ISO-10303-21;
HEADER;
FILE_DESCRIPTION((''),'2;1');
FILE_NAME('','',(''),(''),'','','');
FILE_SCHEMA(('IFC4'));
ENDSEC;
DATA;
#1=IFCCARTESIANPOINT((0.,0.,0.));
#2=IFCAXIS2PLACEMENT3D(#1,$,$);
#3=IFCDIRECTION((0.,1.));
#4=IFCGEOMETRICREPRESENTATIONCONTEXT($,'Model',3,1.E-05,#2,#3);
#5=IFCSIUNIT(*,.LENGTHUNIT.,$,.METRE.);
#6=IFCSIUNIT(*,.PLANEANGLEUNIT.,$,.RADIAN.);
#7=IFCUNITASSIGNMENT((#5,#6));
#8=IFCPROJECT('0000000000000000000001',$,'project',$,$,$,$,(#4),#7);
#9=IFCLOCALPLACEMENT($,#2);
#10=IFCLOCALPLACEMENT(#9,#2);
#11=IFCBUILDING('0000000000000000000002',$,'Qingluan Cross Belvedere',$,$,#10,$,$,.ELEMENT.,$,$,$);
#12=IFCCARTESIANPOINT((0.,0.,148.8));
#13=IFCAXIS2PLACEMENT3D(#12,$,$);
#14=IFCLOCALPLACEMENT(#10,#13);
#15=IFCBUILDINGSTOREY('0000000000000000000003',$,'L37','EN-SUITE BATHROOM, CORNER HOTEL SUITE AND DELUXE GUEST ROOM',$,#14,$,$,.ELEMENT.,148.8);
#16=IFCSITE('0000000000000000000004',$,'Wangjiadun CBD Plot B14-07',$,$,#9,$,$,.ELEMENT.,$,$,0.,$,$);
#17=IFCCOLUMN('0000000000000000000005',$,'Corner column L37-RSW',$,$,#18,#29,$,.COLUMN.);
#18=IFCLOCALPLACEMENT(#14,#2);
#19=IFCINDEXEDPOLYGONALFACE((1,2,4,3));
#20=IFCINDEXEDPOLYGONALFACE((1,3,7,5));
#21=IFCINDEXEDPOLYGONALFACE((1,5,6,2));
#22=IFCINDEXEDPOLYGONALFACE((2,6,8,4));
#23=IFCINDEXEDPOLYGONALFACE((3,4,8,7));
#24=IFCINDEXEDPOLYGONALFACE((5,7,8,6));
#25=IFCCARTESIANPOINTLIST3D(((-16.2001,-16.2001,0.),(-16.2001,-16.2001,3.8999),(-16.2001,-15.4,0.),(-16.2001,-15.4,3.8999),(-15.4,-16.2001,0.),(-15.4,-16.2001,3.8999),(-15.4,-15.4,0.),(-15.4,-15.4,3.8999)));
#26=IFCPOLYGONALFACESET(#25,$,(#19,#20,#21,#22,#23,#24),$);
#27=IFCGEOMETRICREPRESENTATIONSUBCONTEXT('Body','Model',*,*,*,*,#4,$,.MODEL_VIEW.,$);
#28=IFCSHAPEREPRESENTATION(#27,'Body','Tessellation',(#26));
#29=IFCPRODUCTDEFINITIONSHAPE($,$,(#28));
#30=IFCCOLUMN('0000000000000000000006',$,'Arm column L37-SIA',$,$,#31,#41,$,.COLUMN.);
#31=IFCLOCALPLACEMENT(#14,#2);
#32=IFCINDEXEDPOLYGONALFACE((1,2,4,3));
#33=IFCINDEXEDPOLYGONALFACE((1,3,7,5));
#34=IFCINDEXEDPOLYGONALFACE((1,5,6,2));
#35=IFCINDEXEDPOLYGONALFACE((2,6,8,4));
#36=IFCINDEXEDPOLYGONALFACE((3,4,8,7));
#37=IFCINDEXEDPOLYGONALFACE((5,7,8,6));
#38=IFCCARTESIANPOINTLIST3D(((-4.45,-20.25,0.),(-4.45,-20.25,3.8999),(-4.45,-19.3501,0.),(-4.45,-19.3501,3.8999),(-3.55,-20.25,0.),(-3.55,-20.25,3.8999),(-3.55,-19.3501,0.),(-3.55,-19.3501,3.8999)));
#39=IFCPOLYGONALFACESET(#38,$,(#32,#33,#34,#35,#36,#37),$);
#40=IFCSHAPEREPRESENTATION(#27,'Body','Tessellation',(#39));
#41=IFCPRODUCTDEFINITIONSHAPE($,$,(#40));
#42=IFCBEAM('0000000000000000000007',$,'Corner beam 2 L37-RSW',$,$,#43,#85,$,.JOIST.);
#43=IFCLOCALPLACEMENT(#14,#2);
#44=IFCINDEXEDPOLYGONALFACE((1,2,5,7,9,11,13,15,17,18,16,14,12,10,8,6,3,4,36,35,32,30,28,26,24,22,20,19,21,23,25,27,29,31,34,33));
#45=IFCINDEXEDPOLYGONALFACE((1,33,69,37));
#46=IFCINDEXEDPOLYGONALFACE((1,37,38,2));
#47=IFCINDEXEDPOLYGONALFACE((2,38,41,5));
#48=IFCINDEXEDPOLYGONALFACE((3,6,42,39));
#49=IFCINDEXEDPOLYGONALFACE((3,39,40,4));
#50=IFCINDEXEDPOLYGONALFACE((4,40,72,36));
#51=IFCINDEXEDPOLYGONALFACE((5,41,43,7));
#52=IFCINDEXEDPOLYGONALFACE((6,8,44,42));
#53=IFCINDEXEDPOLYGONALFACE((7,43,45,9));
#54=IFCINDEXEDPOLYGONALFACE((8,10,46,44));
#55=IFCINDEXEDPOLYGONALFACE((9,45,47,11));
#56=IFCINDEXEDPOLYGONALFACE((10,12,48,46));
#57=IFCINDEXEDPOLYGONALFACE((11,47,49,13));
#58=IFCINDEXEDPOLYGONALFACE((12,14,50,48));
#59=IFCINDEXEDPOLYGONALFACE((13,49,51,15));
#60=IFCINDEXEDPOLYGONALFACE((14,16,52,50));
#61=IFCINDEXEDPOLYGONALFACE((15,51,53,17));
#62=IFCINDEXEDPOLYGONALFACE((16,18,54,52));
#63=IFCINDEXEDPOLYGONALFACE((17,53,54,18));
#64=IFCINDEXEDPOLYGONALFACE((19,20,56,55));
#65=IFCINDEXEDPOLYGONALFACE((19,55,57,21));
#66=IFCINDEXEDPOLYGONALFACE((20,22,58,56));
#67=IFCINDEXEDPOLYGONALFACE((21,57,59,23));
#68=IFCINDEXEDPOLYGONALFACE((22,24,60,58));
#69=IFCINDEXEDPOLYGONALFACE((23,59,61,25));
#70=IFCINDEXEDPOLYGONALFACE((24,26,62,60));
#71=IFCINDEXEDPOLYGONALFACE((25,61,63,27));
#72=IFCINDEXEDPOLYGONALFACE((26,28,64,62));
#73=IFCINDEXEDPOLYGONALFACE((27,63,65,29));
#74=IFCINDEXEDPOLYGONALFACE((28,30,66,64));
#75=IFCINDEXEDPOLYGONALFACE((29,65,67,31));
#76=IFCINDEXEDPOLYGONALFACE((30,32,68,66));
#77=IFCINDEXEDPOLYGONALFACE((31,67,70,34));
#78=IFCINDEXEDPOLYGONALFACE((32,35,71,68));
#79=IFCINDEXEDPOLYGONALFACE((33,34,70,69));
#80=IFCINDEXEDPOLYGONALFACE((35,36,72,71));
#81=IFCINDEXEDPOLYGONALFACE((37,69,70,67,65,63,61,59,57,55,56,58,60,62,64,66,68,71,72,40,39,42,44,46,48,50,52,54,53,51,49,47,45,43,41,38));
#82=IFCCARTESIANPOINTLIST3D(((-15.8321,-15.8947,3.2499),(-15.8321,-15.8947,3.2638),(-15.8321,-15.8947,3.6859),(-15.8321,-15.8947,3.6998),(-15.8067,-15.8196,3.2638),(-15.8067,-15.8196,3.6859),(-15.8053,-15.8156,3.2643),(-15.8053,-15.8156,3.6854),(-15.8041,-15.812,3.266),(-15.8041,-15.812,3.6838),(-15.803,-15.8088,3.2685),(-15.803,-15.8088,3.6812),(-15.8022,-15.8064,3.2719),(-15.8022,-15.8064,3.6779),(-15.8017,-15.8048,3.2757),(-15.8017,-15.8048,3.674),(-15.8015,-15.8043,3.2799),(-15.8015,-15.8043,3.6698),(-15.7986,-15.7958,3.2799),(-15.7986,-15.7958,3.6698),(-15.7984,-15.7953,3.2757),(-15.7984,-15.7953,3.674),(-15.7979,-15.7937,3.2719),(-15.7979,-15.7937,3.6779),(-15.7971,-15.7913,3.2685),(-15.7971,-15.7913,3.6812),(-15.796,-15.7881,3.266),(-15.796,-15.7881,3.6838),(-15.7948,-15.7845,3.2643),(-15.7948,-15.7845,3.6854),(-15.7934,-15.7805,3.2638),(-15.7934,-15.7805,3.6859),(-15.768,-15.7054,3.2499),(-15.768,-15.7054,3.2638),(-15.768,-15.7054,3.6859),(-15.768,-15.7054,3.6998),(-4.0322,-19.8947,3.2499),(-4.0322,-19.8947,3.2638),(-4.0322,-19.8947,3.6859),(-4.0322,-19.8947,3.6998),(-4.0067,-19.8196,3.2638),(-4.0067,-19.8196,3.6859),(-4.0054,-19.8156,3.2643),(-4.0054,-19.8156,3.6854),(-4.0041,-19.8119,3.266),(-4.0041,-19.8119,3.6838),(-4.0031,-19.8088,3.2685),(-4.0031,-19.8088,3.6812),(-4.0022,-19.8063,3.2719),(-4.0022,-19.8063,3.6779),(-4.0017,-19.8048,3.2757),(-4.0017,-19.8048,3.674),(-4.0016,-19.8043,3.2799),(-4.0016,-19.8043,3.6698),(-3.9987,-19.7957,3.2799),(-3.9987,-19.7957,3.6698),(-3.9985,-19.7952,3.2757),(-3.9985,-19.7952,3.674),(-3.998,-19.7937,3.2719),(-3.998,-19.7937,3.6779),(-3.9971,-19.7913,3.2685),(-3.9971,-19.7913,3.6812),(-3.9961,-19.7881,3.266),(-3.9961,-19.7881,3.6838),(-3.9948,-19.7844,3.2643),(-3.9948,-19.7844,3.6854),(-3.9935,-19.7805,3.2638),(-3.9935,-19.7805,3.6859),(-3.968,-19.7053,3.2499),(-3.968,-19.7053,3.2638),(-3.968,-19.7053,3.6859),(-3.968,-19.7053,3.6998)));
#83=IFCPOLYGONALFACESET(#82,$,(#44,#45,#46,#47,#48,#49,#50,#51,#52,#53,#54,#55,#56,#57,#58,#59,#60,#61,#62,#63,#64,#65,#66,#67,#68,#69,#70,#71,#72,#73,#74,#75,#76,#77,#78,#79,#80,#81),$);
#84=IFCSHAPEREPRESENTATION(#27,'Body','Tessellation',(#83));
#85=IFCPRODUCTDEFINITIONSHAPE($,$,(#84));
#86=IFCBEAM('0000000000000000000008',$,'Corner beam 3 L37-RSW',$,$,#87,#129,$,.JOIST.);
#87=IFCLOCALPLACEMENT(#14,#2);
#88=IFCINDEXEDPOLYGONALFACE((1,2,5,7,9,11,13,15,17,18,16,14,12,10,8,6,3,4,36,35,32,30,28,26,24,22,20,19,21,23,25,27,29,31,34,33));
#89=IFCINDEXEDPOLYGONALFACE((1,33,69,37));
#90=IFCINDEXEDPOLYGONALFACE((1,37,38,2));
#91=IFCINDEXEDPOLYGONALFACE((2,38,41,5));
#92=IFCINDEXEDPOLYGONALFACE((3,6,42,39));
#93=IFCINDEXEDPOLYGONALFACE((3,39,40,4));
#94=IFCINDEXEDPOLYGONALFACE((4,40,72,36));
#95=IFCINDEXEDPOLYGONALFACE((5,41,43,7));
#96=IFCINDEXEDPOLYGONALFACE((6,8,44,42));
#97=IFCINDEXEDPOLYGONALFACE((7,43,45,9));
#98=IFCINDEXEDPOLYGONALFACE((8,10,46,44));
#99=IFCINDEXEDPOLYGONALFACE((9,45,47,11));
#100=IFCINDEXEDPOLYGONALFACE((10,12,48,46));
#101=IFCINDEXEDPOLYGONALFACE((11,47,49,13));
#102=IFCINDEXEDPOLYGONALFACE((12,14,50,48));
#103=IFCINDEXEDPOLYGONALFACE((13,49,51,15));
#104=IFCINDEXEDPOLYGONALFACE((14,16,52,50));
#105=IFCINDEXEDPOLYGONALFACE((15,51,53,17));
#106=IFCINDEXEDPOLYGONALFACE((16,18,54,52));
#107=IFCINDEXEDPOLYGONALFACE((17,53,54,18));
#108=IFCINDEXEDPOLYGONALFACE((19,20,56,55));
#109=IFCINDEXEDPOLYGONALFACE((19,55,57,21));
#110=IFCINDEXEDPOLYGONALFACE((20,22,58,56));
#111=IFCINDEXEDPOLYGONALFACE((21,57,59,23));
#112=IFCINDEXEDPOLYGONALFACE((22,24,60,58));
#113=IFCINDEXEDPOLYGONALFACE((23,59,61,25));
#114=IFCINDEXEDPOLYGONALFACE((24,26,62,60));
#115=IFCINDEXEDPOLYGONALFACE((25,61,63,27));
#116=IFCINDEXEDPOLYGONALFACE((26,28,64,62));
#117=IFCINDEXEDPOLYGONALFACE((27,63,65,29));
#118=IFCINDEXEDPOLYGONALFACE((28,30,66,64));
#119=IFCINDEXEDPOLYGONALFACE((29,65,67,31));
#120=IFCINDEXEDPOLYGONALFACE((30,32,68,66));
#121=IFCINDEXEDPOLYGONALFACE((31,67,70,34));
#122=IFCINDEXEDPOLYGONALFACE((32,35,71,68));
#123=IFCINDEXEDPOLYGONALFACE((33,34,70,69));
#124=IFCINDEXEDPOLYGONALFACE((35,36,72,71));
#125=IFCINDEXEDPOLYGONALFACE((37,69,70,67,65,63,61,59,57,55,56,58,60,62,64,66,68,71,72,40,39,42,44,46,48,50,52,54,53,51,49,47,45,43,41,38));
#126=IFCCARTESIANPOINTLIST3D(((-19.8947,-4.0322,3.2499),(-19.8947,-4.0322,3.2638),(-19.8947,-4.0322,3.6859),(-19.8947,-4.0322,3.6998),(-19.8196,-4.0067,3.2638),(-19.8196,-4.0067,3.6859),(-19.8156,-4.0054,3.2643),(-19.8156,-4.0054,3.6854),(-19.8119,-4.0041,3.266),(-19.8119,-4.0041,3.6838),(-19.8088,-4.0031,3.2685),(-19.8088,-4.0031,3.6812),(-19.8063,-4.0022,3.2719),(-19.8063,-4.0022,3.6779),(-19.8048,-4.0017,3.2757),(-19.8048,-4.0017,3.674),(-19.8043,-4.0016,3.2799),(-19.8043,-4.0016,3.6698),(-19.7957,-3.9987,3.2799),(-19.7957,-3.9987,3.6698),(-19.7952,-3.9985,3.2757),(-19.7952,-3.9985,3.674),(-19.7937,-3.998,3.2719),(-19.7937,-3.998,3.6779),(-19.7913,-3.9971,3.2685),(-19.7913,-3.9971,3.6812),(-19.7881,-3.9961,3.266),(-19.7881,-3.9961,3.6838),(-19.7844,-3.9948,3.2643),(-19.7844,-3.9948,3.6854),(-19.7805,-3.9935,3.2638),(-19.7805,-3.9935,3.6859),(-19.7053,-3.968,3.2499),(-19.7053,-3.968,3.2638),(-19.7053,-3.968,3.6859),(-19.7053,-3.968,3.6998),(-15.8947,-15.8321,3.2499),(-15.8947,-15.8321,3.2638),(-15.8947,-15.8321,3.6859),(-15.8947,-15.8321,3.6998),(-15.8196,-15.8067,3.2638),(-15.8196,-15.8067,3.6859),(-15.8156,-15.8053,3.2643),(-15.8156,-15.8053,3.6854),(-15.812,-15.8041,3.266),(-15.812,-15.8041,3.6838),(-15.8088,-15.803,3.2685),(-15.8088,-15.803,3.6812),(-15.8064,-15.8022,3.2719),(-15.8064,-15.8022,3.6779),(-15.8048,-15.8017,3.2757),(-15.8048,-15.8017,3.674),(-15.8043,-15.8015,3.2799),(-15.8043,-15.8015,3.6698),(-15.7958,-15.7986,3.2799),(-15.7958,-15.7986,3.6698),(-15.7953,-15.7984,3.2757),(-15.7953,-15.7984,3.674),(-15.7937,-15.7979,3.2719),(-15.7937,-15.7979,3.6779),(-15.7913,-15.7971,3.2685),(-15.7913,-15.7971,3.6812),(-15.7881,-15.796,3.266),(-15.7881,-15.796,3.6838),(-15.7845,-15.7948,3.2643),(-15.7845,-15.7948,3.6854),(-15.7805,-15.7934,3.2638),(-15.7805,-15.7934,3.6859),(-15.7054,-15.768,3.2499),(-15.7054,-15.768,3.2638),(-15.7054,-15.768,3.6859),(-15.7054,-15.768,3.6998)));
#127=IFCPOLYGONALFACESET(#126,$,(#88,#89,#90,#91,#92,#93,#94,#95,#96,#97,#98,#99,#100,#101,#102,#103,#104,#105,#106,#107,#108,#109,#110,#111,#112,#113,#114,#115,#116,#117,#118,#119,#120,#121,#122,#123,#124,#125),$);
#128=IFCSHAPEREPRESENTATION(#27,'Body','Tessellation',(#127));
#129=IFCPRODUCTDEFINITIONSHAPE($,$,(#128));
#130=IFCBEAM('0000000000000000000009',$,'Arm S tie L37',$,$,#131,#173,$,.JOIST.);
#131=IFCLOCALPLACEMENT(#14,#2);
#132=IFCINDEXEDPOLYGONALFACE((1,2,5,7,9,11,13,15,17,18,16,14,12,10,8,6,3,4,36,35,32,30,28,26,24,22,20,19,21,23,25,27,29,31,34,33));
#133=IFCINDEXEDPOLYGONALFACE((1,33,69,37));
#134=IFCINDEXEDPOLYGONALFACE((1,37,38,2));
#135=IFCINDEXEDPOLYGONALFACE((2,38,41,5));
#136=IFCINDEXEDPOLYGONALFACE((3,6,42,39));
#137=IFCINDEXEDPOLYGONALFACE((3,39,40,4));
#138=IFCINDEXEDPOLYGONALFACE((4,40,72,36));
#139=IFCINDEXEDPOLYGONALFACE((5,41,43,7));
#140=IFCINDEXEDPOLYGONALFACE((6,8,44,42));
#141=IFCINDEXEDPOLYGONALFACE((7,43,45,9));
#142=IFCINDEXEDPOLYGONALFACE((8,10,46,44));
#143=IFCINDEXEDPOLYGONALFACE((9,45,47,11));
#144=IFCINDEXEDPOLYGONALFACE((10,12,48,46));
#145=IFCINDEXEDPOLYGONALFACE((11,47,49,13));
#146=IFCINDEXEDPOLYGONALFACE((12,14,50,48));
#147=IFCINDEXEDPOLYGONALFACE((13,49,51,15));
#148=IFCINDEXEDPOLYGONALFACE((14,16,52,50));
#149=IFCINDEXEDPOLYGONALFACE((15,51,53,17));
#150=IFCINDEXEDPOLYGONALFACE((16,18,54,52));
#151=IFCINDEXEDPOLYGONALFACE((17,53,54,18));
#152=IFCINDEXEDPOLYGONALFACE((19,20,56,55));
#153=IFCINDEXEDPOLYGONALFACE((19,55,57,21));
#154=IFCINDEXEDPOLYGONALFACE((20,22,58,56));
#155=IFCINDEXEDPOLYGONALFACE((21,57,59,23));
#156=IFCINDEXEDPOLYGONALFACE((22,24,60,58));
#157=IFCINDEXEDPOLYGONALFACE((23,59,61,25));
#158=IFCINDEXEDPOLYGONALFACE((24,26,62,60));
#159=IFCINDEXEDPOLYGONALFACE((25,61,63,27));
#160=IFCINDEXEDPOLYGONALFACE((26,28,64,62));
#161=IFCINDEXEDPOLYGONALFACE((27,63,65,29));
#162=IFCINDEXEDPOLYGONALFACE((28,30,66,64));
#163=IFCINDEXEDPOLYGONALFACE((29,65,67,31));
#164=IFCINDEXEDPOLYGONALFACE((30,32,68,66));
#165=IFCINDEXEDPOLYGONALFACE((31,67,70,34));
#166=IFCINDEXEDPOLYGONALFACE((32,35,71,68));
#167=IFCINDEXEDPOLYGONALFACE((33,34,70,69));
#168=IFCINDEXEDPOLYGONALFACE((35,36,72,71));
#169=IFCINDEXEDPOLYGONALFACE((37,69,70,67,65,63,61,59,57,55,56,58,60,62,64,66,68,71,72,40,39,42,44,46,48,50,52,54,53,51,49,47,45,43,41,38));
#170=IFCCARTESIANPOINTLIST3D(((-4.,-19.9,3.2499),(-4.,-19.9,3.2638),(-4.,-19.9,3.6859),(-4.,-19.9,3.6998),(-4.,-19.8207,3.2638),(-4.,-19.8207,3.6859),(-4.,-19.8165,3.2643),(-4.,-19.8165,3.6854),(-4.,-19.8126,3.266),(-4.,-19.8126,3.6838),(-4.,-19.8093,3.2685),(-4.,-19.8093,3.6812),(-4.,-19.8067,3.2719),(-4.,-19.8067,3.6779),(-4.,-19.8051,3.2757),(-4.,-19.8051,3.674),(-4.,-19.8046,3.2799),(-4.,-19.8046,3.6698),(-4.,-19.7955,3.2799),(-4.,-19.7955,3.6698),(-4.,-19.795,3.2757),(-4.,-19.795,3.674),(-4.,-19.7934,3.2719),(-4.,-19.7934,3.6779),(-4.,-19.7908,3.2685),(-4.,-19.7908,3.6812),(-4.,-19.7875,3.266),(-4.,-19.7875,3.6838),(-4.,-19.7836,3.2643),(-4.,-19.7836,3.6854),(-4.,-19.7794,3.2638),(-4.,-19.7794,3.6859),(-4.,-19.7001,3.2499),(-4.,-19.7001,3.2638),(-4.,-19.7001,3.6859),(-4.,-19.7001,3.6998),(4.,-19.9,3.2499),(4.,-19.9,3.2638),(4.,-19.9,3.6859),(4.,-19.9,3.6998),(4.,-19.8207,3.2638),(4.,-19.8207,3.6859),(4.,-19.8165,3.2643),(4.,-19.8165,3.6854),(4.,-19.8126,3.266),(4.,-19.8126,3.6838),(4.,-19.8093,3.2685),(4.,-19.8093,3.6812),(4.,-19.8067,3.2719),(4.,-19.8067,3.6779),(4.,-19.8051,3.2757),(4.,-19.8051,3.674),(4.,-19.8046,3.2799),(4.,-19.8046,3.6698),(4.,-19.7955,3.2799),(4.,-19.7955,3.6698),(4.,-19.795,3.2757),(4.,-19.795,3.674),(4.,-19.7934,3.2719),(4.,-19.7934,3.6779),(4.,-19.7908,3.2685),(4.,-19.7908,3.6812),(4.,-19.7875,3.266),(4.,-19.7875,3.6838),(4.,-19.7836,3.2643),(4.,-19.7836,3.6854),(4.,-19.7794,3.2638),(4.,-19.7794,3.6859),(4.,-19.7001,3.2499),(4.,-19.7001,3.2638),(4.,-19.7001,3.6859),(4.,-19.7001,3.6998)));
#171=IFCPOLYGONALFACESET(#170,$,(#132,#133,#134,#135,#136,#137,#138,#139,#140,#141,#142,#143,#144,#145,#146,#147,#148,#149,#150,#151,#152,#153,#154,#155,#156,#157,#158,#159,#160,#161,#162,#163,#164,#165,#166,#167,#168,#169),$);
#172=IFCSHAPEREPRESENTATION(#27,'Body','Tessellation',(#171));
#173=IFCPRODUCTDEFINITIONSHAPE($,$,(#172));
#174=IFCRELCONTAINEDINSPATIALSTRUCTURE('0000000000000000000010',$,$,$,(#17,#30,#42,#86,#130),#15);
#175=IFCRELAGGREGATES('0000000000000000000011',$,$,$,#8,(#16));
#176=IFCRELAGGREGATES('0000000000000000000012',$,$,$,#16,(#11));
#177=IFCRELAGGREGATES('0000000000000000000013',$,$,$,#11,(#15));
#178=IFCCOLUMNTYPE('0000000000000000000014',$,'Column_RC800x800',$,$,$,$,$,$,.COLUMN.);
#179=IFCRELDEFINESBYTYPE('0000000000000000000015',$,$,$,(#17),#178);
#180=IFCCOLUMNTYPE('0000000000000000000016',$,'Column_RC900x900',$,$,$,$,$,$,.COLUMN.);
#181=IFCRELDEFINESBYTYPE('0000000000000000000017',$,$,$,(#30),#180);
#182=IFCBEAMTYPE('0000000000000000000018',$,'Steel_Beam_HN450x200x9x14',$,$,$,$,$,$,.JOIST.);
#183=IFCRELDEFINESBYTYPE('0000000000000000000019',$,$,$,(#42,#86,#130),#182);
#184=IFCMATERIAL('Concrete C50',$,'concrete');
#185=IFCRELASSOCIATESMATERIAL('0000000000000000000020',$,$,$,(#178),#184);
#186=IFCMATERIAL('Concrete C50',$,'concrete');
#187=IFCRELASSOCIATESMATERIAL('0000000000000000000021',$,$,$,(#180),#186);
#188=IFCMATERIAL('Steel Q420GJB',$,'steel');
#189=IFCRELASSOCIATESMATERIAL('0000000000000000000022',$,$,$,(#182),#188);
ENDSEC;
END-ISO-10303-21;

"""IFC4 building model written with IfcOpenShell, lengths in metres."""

from ifc_helpers import new_model, si_unit, direction, frame, origin, origin_2d, place, context, subcontext, project, spatial, rectangle, i_section, extrude, material, material_profile, profile_set, type_object, element, save


model = new_model("IFC4")

# Units and contexts
model_context = context("Model", 3, precision=1e-05, world=origin(), true_north=direction((0.0, 1.0)))
body_context = subcontext(model_context, "Body", "Model", "MODEL_VIEW")
ifc_project = project(units=[si_unit("LENGTHUNIT", "METRE"), si_unit("PLANEANGLEUNIT", "RADIAN")], contexts=[model_context])

# Site, building, storey
site_placement = place(None, origin())
site = spatial("IfcSite", under=ifc_project, at=site_placement, Name="Wangjiadun CBD Plot B14-07", CompositionType="ELEMENT", RefElevation=0.0)
building_placement = place(site_placement, origin())
building = spatial("IfcBuilding", under=site, at=building_placement, Name="Qingluan Cross Belvedere", CompositionType="ELEMENT")
storey_placement = place(building_placement, frame((0.0, 0.0, 148.8)))
storey = spatial("IfcBuildingStorey", under=building, at=storey_placement, Name="L37", Description="EN-SUITE BATHROOM, CORNER HOTEL SUITE AND DELUXE GUEST ROOM", CompositionType="ELEMENT", Elevation=148.8)

# Columns
ifc_material_1 = material(Name="Concrete C50", Category="concrete")
ifc_material_profile_1 = material_profile(ifc_material_1, rectangle(XDim=0.8, YDim=0.8, at=origin_2d()), Name="RC800x800")
ifc_profile_set_1 = profile_set([ifc_material_profile_1], Name="Concrete C50")
column_type_1 = type_object("IfcColumnType", Name="Column_RC800x800", PredefinedType="COLUMN", material=ifc_profile_set_1)
column_1_placement = place(storey_placement, frame((-15.8, -15.8, 0.0), z_axis=(0.0, 0.0, 1.0), x_axis=(1.0, 0.0, 0.0)))
element("IfcColumn", 1, at=column_1_placement, inside=storey, type_object=column_type_1, Name="Corner column L37-RSW", PredefinedType="COLUMN", context=body_context, shape_type="SweptSolid", body=[
    extrude(rectangle(XDim=0.8, YDim=0.8, at=origin_2d()), origin(), (0.0, 0.0, 1.0), 3.8999),
])
ifc_material_2 = material(Name="Concrete C50", Category="concrete")
ifc_material_profile_2 = material_profile(ifc_material_2, rectangle(XDim=0.8999, YDim=0.8999, at=origin_2d()), Name="RC900x900")
ifc_profile_set_2 = profile_set([ifc_material_profile_2], Name="Concrete C50")
column_type_2 = type_object("IfcColumnType", Name="Column_RC900x900", PredefinedType="COLUMN", material=ifc_profile_set_2)
column_2_placement = place(storey_placement, frame((-4.0, -19.8, 0.0), z_axis=(0.0, 0.0, 1.0), x_axis=(1.0, 0.0, 0.0)))
element("IfcColumn", 2, at=column_2_placement, inside=storey, type_object=column_type_2, Name="Arm column L37-SIA", PredefinedType="COLUMN", context=body_context, shape_type="SweptSolid", body=[
    extrude(rectangle(XDim=0.8999, YDim=0.8999, at=origin_2d()), origin(), (0.0, 0.0, 1.0), 3.8999),
])

# Beams
ifc_material_3 = material(Name="Steel Q420GJB", Category="steel")
ifc_material_profile_3 = material_profile(ifc_material_3, i_section(OverallWidth=0.2, OverallDepth=0.45, WebThickness=0.009, FlangeThickness=0.0139, FilletRadius=0.0161, at=origin_2d()), Name="HN450x200x9x14")
ifc_profile_set_3 = profile_set([ifc_material_profile_3], Name="Steel Q420GJB")
beam_type_1 = type_object("IfcBeamType", Name="Steel_Beam_HN450x200x9x14", PredefinedType="JOIST", material=ifc_profile_set_3)
for number, where, z_axis, x_axis, name in (
    (3, (-15.8, -15.8, 3.4749), (0.947066, -0.321038, 0.0), (0.321038, 0.947066, 0.0), "Corner beam 2 L37-RSW"),
    (4, (-15.8, -15.8, 3.4749), (-0.321038, 0.947066, 0.0), (-0.947066, -0.321038, 0.0), "Corner beam 3 L37-RSW"),
):
    element("IfcBeam", number, at=place(storey_placement, frame(where, z_axis=z_axis, x_axis=x_axis)), inside=storey, type_object=beam_type_1, Name=name, PredefinedType="JOIST", context=body_context, shape_type="SweptSolid", body=[
        extrude(i_section(OverallWidth=0.2, OverallDepth=0.45, WebThickness=0.009, FlangeThickness=0.0139, FilletRadius=0.0161, at=origin_2d()), origin(), (0.0, 0.0, 1.0), 12.4595),
    ])
for number, where, z_axis, x_axis, name in (
    (5, (-4.0, -19.8, 3.4749), (1.0, 0.0, 0.0), (0.0, 1.0, 0.0), "Arm S tie L37"),
):
    element("IfcBeam", number, at=place(storey_placement, frame(where, z_axis=z_axis, x_axis=x_axis)), inside=storey, type_object=beam_type_1, Name=name, PredefinedType="JOIST", context=body_context, shape_type="SweptSolid", body=[
        extrude(i_section(OverallWidth=0.2, OverallDepth=0.45, WebThickness=0.009, FlangeThickness=0.0139, FilletRadius=0.0161, at=origin_2d()), origin(), (0.0, 0.0, 1.0), 8.0),
    ])

save(model, "model.ifc")
